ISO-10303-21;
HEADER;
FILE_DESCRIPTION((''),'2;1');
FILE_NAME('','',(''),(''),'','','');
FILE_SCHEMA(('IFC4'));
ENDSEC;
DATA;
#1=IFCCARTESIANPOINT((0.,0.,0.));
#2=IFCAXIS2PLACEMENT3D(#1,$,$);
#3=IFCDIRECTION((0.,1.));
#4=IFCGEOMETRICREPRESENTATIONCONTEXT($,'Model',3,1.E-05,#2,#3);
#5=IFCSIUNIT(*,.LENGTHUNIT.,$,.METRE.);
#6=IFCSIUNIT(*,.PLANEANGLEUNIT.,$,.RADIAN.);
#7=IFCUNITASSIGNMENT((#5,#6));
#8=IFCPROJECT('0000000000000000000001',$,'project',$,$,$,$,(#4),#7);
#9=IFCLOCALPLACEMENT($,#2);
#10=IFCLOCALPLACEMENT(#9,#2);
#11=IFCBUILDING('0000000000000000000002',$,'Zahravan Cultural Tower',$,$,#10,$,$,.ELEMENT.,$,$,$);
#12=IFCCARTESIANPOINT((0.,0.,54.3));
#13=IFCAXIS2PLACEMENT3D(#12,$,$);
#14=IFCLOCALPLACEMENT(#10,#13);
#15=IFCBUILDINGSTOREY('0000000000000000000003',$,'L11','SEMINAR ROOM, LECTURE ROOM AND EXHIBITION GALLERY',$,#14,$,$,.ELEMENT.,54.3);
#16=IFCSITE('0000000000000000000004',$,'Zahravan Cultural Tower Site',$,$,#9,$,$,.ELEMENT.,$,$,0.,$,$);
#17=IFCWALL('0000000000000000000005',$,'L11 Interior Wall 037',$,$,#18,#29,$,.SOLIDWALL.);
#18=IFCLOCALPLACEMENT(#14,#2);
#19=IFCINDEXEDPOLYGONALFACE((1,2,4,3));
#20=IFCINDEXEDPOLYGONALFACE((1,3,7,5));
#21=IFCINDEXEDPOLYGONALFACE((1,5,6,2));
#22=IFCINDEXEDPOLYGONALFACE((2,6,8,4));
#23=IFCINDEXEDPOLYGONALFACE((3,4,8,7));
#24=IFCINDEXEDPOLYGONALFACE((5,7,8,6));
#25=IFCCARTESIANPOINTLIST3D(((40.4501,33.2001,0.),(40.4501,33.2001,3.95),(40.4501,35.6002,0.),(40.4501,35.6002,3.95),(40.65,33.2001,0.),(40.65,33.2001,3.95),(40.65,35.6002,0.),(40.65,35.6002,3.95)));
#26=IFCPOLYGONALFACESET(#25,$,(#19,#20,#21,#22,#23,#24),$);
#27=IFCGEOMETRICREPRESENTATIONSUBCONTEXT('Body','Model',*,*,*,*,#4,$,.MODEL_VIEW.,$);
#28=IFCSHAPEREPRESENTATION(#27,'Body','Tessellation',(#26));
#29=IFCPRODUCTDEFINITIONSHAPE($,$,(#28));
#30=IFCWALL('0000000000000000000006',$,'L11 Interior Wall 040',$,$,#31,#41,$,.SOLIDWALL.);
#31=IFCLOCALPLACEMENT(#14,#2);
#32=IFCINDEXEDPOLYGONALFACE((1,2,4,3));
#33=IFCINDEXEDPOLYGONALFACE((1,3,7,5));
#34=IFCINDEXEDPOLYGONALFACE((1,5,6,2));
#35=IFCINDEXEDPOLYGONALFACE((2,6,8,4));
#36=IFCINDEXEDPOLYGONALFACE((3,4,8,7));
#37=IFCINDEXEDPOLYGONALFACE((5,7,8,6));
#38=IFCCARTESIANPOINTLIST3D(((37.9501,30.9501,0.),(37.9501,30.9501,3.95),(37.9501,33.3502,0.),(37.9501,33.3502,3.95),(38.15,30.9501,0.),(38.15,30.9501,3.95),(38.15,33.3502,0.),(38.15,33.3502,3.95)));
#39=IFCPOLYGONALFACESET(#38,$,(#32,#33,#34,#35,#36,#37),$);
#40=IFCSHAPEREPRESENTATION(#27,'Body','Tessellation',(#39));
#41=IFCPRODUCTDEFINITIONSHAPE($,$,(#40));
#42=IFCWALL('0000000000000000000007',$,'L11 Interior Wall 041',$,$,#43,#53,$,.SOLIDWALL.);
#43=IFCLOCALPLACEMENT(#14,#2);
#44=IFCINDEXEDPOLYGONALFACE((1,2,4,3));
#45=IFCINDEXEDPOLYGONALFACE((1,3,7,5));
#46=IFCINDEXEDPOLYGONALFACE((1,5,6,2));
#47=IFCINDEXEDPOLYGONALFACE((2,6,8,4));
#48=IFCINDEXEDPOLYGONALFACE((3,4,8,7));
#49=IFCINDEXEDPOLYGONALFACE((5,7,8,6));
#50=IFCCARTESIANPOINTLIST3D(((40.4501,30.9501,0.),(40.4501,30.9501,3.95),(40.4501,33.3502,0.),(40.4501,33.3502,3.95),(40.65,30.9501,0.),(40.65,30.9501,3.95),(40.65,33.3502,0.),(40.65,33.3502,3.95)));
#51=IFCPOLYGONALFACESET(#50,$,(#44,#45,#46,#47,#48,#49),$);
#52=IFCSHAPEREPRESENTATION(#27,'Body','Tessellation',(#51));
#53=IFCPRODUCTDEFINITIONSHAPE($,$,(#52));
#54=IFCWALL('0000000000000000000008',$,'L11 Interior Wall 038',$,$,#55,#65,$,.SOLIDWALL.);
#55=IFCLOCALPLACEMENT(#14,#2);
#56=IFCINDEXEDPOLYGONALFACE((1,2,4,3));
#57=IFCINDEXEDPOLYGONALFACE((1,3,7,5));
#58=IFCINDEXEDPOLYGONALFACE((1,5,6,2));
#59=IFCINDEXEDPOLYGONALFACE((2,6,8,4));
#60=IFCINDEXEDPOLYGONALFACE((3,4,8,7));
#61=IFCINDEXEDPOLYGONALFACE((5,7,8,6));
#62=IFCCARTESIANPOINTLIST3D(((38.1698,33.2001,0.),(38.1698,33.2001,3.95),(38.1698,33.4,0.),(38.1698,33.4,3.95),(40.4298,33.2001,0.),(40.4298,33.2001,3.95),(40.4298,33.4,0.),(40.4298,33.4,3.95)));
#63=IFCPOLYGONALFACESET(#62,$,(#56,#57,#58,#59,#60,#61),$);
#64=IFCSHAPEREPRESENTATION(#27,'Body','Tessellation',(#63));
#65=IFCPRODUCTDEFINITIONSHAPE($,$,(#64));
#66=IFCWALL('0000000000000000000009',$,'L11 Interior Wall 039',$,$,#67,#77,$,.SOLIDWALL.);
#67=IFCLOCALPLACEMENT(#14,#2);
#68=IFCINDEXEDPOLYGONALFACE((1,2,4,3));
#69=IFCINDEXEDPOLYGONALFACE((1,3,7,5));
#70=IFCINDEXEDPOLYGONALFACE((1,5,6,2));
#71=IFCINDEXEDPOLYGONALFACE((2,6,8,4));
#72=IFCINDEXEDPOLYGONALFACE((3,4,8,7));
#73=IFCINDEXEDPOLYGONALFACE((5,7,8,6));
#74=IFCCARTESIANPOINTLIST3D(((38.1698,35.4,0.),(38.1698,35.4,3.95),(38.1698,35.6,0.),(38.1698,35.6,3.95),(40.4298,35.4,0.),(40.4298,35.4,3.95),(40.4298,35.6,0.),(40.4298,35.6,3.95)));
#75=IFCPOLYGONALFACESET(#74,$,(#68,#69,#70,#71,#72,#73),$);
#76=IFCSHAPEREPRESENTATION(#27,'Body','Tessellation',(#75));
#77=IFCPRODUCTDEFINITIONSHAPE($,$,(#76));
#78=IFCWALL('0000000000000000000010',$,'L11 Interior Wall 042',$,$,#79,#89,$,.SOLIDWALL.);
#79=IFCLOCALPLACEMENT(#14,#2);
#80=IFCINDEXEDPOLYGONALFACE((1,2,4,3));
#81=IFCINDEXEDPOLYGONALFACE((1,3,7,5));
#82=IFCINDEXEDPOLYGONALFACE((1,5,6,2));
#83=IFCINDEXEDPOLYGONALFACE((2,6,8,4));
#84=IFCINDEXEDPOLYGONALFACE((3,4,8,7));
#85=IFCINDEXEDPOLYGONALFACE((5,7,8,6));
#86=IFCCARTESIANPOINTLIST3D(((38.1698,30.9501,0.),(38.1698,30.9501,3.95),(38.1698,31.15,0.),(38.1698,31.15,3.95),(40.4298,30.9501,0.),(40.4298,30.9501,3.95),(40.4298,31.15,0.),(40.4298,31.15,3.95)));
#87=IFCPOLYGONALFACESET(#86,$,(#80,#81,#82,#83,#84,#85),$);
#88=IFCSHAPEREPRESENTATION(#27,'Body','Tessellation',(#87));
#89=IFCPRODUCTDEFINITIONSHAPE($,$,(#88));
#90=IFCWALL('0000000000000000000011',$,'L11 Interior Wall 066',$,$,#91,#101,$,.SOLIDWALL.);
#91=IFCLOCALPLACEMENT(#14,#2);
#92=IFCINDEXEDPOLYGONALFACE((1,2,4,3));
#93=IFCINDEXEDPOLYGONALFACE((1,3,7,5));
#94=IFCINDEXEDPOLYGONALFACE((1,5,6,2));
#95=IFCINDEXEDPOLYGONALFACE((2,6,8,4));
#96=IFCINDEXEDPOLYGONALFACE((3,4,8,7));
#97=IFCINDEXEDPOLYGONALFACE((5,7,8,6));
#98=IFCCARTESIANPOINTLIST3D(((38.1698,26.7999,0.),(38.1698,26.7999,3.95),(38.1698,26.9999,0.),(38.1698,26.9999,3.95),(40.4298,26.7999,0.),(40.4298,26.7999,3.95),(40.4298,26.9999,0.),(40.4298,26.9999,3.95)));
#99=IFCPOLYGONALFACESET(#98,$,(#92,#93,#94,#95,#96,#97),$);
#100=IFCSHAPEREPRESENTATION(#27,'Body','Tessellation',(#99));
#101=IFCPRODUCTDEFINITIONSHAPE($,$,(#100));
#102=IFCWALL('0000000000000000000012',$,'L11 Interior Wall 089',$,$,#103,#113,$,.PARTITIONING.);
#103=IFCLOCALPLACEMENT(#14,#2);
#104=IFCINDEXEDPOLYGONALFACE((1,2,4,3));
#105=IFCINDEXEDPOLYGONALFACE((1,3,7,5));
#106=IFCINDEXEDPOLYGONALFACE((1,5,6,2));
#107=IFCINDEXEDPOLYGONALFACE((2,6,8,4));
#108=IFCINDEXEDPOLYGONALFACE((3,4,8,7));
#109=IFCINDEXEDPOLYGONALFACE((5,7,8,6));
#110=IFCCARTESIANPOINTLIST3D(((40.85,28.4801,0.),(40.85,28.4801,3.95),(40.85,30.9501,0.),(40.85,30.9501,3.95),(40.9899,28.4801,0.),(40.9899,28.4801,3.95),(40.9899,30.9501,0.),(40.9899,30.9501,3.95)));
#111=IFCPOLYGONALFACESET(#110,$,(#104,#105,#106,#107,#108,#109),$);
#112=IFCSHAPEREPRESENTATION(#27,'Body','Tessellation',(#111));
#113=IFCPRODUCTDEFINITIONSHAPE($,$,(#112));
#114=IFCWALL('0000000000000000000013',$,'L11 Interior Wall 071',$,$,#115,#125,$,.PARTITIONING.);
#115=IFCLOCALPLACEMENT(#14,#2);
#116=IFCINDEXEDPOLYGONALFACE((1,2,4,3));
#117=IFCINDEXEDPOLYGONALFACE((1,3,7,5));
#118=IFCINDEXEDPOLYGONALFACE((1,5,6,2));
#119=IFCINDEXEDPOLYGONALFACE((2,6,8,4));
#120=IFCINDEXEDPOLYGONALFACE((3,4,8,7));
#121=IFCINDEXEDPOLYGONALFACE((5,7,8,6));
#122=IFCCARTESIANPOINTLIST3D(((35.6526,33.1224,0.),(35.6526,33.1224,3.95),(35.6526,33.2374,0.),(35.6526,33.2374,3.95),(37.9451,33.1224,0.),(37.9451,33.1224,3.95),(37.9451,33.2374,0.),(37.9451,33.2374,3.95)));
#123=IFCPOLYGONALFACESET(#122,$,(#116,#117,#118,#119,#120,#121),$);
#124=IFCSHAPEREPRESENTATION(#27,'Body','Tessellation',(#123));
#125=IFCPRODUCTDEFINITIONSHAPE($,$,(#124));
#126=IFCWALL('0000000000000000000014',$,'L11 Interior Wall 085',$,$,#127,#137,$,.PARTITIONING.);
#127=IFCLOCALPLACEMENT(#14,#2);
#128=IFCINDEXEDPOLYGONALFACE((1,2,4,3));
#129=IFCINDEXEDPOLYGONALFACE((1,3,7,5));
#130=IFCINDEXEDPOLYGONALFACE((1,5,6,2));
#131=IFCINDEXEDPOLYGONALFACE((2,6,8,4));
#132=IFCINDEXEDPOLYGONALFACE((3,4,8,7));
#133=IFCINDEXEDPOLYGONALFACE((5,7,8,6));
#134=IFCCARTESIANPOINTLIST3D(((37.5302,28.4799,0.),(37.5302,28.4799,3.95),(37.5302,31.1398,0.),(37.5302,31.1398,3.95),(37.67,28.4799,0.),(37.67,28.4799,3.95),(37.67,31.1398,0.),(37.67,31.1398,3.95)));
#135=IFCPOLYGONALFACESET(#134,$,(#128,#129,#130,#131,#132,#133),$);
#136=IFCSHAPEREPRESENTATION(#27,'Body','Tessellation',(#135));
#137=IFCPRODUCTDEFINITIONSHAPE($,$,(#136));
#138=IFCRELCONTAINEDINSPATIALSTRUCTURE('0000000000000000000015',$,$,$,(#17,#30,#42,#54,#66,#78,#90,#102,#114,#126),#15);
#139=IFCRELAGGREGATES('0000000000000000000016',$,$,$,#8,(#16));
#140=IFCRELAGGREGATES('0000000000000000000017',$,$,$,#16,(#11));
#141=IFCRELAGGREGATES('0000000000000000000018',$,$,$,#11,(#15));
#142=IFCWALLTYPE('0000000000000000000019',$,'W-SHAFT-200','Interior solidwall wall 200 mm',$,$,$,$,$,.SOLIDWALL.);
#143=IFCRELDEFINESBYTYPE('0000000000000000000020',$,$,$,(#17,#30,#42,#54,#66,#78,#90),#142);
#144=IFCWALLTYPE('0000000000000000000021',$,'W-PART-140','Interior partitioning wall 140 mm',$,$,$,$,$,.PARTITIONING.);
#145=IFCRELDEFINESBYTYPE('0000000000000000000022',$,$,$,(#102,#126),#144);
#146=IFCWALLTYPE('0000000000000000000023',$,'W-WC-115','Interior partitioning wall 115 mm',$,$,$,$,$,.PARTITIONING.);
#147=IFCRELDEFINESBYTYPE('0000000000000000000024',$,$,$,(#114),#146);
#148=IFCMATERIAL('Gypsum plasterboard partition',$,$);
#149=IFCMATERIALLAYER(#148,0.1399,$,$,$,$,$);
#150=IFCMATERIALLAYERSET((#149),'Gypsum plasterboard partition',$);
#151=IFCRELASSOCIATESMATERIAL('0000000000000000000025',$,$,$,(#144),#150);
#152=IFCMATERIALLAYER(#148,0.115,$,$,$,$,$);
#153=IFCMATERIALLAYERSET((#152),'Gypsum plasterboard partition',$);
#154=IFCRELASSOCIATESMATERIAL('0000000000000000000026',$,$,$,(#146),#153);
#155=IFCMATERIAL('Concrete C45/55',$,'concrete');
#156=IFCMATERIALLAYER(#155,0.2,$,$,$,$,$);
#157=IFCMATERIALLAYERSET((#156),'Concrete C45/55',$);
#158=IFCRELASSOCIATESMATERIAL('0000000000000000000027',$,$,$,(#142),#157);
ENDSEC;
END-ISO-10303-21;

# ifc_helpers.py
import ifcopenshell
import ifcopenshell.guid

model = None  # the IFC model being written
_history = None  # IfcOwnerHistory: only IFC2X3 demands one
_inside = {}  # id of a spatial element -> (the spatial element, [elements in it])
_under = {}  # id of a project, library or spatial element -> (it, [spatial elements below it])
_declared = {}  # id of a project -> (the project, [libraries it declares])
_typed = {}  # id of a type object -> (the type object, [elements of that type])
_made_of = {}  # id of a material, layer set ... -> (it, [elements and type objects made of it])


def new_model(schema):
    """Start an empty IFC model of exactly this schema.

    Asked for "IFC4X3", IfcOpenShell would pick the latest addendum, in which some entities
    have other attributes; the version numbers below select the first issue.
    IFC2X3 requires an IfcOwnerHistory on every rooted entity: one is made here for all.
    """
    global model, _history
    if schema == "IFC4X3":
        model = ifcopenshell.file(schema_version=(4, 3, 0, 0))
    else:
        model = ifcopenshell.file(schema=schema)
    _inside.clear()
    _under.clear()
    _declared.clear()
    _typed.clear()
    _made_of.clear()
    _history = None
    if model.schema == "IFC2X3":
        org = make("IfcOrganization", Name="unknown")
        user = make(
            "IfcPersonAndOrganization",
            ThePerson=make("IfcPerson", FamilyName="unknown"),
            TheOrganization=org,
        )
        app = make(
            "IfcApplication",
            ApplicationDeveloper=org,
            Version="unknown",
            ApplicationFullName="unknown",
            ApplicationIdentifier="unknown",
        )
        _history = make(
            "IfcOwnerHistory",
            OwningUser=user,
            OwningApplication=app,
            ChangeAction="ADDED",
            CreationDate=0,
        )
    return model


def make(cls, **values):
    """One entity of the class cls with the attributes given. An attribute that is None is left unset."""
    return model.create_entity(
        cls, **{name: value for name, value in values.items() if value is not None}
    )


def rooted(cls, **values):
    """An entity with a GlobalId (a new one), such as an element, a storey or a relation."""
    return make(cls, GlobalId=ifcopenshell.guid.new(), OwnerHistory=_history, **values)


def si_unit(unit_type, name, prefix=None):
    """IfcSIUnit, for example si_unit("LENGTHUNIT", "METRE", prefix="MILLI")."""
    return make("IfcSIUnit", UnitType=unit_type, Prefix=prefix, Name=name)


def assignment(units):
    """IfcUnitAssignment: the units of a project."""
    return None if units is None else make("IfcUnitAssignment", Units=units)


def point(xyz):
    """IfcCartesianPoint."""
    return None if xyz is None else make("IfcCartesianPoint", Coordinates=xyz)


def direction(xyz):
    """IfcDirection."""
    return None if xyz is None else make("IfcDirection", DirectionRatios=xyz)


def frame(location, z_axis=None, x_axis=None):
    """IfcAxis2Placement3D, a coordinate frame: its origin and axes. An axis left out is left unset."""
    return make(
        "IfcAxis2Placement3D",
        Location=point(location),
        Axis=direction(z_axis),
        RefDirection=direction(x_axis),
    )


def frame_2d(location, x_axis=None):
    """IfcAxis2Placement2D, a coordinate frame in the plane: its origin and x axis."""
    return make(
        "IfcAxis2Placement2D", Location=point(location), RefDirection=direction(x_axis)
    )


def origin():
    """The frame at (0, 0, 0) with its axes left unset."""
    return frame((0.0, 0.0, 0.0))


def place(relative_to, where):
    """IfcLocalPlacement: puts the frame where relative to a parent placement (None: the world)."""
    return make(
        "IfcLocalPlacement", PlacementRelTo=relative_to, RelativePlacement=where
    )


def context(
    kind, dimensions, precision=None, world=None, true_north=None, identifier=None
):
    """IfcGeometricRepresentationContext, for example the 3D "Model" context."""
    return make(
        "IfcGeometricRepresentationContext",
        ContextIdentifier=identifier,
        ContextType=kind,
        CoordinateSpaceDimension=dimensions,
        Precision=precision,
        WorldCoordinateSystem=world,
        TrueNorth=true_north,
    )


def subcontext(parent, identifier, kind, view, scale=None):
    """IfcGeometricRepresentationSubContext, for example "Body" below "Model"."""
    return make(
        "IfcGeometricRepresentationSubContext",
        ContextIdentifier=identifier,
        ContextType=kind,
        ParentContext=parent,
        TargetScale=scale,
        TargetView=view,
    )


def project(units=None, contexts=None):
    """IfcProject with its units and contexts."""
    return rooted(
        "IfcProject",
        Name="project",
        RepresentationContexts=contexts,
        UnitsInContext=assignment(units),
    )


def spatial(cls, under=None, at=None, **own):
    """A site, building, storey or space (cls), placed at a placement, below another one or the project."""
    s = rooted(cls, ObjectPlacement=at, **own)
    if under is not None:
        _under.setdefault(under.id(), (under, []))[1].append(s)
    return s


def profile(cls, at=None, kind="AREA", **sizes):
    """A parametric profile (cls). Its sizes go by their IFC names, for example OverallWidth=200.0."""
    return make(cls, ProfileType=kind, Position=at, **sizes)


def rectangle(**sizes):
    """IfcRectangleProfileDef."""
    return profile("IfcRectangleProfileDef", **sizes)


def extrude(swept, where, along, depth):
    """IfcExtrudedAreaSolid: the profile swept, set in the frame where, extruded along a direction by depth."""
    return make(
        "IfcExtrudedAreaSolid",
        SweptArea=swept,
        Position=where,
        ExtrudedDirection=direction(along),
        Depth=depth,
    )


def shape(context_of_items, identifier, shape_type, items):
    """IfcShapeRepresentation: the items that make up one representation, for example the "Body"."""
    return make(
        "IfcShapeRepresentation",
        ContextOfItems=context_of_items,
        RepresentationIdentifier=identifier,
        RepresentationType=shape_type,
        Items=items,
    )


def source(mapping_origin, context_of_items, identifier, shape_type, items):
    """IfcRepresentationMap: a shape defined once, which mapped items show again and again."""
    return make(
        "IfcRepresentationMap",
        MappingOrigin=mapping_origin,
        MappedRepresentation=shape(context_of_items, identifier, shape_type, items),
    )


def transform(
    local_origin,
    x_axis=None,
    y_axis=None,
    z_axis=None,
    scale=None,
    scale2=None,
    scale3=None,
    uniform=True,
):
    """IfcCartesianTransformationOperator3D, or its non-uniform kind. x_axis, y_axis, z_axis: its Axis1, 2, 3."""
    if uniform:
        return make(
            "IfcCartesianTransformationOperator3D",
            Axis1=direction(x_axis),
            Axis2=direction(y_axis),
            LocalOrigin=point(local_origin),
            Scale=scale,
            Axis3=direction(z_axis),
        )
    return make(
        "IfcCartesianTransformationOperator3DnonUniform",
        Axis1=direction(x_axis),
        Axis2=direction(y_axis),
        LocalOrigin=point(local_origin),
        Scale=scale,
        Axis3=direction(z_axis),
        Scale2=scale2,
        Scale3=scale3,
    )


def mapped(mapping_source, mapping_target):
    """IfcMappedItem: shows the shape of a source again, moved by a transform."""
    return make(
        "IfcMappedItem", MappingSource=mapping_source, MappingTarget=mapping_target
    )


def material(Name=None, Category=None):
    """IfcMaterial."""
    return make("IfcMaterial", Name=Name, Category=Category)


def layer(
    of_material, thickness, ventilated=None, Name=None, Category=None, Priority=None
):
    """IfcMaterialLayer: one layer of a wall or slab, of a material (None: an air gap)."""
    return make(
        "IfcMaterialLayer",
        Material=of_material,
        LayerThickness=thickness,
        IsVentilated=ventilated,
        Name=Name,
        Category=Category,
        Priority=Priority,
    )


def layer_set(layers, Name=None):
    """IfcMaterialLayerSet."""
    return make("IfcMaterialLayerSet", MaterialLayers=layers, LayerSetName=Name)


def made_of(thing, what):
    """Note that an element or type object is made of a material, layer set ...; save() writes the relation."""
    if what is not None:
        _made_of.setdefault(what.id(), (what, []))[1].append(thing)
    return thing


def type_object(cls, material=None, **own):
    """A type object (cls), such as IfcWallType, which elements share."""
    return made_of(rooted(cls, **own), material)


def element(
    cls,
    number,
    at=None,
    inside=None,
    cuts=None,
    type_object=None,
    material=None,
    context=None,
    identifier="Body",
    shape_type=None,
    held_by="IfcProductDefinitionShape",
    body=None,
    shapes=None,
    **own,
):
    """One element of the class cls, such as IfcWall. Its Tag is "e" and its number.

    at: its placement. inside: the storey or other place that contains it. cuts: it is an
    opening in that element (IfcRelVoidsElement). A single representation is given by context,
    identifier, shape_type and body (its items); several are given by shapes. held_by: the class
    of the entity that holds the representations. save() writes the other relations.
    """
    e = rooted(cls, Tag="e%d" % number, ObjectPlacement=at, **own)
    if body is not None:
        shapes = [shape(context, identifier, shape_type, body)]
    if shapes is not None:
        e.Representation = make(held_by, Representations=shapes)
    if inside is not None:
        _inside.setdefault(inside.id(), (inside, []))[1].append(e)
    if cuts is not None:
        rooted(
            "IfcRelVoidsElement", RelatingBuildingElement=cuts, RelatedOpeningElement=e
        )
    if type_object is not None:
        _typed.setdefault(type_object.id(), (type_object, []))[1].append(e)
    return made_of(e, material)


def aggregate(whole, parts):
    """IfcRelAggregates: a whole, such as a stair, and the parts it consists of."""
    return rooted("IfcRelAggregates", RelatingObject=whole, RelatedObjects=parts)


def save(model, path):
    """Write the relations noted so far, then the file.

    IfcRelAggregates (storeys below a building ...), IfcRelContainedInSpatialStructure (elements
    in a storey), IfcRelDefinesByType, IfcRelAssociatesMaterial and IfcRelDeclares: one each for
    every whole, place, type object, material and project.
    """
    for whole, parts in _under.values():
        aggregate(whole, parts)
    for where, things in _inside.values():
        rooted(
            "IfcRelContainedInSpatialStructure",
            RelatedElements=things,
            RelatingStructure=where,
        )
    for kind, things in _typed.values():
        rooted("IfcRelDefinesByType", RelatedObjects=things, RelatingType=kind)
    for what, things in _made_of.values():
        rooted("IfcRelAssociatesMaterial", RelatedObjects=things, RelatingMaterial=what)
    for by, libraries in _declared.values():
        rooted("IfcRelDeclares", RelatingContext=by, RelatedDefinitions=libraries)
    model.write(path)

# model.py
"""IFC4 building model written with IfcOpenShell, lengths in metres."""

from ifc_helpers import new_model, si_unit, direction, frame, frame_2d, origin, place, context, subcontext, project, spatial, rectangle, extrude, source, transform, mapped, material, layer, layer_set, type_object, element, save


model = new_model("IFC4")

# Units and contexts
model_context = context("Model", 3, precision=1e-05, world=origin(), true_north=direction((0.0, 1.0)))
body_context = subcontext(model_context, "Body", "Model", "MODEL_VIEW")
ifc_project = project(units=[si_unit("LENGTHUNIT", "METRE"), si_unit("PLANEANGLEUNIT", "RADIAN")], contexts=[model_context])

# Site, building, storey
site_placement = place(None, origin())
site = spatial("IfcSite", under=ifc_project, at=site_placement, Name="Zahravan Cultural Tower Site", CompositionType="ELEMENT", RefElevation=0.0)
building_placement = place(site_placement, origin())
building = spatial("IfcBuilding", under=site, at=building_placement, Name="Zahravan Cultural Tower", CompositionType="ELEMENT")
storey_placement = place(building_placement, frame((0.0, 0.0, 54.3)))
storey = spatial("IfcBuildingStorey", under=building, at=storey_placement, Name="L11", Description="SEMINAR ROOM, LECTURE ROOM AND EXHIBITION GALLERY", CompositionType="ELEMENT", Elevation=54.3)

# Shared definitions
ifc_material_1 = material(Name="Gypsum plasterboard partition")
ifc_layer_1 = layer(ifc_material_1, 0.1399)
ifc_layer_set_1 = layer_set([ifc_layer_1], Name="Gypsum plasterboard partition")
wall_type_1 = type_object("IfcWallType", Name="W-PART-140", Description="Interior partitioning wall 140 mm", PredefinedType="PARTITIONING", material=ifc_layer_set_1)
ifc_layer_2 = layer(ifc_material_1, 0.115)
ifc_layer_set_2 = layer_set([ifc_layer_2], Name="Gypsum plasterboard partition")
wall_type_2 = type_object("IfcWallType", Name="W-WC-115", Description="Interior partitioning wall 115 mm", PredefinedType="PARTITIONING", material=ifc_layer_set_2)

# Walls
ifc_material_2 = material(Name="Concrete C45/55", Category="concrete")
ifc_layer_3 = layer(ifc_material_2, 0.2)
ifc_layer_set_3 = layer_set([ifc_layer_3], Name="Concrete C45/55")
wall_type_3 = type_object("IfcWallType", Name="W-SHAFT-200", Description="Interior solidwall wall 200 mm", PredefinedType="SOLIDWALL", material=ifc_layer_set_3)
shared_shape_1 = source(origin(), body_context, "Body", "SweptSolid", [
    extrude(rectangle(XDim=2.4001, YDim=0.2, at=frame_2d((1.2002, 0.0))), origin(), (0.0, 0.0, 1.0), 3.95),
])
for number, where, z_axis, x_axis, name in (
    (1, (40.55, 33.2, 0.0), (0.0, 0.0, 1.0), (0.0, 1.0, 0.0), "L11 Interior Wall 037"),
    (2, (38.05, 30.95, 0.0), (0.0, 0.0, 1.0), (0.0, 1.0, 0.0), "L11 Interior Wall 040"),
    (3, (40.55, 30.95, 0.0), (0.0, 0.0, 1.0), (0.0, 1.0, 0.0), "L11 Interior Wall 041"),
):
    element("IfcWall", number, at=place(storey_placement, frame(where, z_axis=z_axis, x_axis=x_axis)), inside=storey, type_object=wall_type_3, Name=name, PredefinedType="SOLIDWALL", context=body_context, shape_type="MappedRepresentation", body=[
        mapped(shared_shape_1, transform((0.0, 0.0, 0.0), x_axis=(1.0, 0.0, 0.0), y_axis=(0.0, 1.0, 0.0), z_axis=(0.0, 0.0, 1.0), scale=1.0)),
    ])
shared_shape_2 = source(origin(), body_context, "Body", "SweptSolid", [
    extrude(rectangle(XDim=2.26, YDim=0.2, at=frame_2d((1.1299, 0.0))), origin(), (0.0, 0.0, 1.0), 3.95),
])
for number, where, z_axis, x_axis, name in (
    (4, (38.1699, 33.3, 0.0), (0.0, 0.0, 1.0), (1.0, 0.0, 0.0), "L11 Interior Wall 038"),
    (5, (38.1699, 35.5, 0.0), (0.0, 0.0, 1.0), (1.0, 0.0, 0.0), "L11 Interior Wall 039"),
    (6, (38.1699, 31.05, 0.0), (0.0, 0.0, 1.0), (1.0, 0.0, 0.0), "L11 Interior Wall 042"),
    (7, (38.1699, 26.8999, 0.0), (0.0, 0.0, 1.0), (1.0, 0.0, 0.0), "L11 Interior Wall 066"),
):
    element("IfcWall", number, at=place(storey_placement, frame(where, z_axis=z_axis, x_axis=x_axis)), inside=storey, type_object=wall_type_3, Name=name, PredefinedType="SOLIDWALL", context=body_context, shape_type="MappedRepresentation", body=[
        mapped(shared_shape_2, transform((0.0, 0.0, 0.0), x_axis=(1.0, 0.0, 0.0), y_axis=(0.0, 1.0, 0.0), z_axis=(0.0, 0.0, 1.0), scale=1.0)),
    ])
shared_shape_3 = source(origin(), body_context, "Body", "SweptSolid", [
    extrude(rectangle(XDim=2.47, YDim=0.1399, at=frame_2d((1.2349, 0.0))), origin(), (0.0, 0.0, 1.0), 3.95),
])
wall_1_placement = place(storey_placement, frame((40.9199, 30.95, 0.0), z_axis=(0.0, 0.0, 1.0), x_axis=(0.0, -1.0, 0.0)))
element("IfcWall", 8, at=wall_1_placement, inside=storey, type_object=wall_type_1, Name="L11 Interior Wall 089", PredefinedType="PARTITIONING", context=body_context, shape_type="MappedRepresentation", body=[
    mapped(shared_shape_3, transform((0.0, 0.0, 0.0), x_axis=(1.0, 0.0, 0.0), y_axis=(0.0, 1.0, 0.0), z_axis=(0.0, 0.0, 1.0), scale=1.0)),
])
shared_shape_4 = source(origin(), body_context, "Body", "SweptSolid", [
    extrude(rectangle(XDim=2.2925, YDim=0.115, at=frame_2d((1.1462, 0.0))), origin(), (0.0, 0.0, 1.0), 3.95),
])
wall_2_placement = place(storey_placement, frame((35.6526, 33.1799, 0.0), z_axis=(0.0, 0.0, 1.0), x_axis=(1.0, 0.0, 0.0)))
element("IfcWall", 9, at=wall_2_placement, inside=storey, type_object=wall_type_2, Name="L11 Interior Wall 071", PredefinedType="PARTITIONING", context=body_context, shape_type="MappedRepresentation", body=[
    mapped(shared_shape_4, transform((0.0, 0.0, 0.0), x_axis=(1.0, 0.0, 0.0), y_axis=(0.0, 1.0, 0.0), z_axis=(0.0, 0.0, 1.0), scale=1.0)),
])
shared_shape_5 = source(origin(), body_context, "Body", "SweptSolid", [
    extrude(rectangle(XDim=2.6599, YDim=0.1399, at=frame_2d((1.3301, 0.0))), origin(), (0.0, 0.0, 1.0), 3.95),
])
wall_3_placement = place(storey_placement, frame((37.6001, 31.1399, 0.0), z_axis=(0.0, 0.0, 1.0), x_axis=(0.0, -1.0, 0.0)))
element("IfcWall", 10, at=wall_3_placement, inside=storey, type_object=wall_type_1, Name="L11 Interior Wall 085", PredefinedType="PARTITIONING", context=body_context, shape_type="MappedRepresentation", body=[
    mapped(shared_shape_5, transform((0.0, 0.0, 0.0), x_axis=(1.0, 0.0, 0.0), y_axis=(0.0, 1.0, 0.0), z_axis=(0.0, 0.0, 1.0), scale=1.0)),
])

save(model, "model.ifc")
